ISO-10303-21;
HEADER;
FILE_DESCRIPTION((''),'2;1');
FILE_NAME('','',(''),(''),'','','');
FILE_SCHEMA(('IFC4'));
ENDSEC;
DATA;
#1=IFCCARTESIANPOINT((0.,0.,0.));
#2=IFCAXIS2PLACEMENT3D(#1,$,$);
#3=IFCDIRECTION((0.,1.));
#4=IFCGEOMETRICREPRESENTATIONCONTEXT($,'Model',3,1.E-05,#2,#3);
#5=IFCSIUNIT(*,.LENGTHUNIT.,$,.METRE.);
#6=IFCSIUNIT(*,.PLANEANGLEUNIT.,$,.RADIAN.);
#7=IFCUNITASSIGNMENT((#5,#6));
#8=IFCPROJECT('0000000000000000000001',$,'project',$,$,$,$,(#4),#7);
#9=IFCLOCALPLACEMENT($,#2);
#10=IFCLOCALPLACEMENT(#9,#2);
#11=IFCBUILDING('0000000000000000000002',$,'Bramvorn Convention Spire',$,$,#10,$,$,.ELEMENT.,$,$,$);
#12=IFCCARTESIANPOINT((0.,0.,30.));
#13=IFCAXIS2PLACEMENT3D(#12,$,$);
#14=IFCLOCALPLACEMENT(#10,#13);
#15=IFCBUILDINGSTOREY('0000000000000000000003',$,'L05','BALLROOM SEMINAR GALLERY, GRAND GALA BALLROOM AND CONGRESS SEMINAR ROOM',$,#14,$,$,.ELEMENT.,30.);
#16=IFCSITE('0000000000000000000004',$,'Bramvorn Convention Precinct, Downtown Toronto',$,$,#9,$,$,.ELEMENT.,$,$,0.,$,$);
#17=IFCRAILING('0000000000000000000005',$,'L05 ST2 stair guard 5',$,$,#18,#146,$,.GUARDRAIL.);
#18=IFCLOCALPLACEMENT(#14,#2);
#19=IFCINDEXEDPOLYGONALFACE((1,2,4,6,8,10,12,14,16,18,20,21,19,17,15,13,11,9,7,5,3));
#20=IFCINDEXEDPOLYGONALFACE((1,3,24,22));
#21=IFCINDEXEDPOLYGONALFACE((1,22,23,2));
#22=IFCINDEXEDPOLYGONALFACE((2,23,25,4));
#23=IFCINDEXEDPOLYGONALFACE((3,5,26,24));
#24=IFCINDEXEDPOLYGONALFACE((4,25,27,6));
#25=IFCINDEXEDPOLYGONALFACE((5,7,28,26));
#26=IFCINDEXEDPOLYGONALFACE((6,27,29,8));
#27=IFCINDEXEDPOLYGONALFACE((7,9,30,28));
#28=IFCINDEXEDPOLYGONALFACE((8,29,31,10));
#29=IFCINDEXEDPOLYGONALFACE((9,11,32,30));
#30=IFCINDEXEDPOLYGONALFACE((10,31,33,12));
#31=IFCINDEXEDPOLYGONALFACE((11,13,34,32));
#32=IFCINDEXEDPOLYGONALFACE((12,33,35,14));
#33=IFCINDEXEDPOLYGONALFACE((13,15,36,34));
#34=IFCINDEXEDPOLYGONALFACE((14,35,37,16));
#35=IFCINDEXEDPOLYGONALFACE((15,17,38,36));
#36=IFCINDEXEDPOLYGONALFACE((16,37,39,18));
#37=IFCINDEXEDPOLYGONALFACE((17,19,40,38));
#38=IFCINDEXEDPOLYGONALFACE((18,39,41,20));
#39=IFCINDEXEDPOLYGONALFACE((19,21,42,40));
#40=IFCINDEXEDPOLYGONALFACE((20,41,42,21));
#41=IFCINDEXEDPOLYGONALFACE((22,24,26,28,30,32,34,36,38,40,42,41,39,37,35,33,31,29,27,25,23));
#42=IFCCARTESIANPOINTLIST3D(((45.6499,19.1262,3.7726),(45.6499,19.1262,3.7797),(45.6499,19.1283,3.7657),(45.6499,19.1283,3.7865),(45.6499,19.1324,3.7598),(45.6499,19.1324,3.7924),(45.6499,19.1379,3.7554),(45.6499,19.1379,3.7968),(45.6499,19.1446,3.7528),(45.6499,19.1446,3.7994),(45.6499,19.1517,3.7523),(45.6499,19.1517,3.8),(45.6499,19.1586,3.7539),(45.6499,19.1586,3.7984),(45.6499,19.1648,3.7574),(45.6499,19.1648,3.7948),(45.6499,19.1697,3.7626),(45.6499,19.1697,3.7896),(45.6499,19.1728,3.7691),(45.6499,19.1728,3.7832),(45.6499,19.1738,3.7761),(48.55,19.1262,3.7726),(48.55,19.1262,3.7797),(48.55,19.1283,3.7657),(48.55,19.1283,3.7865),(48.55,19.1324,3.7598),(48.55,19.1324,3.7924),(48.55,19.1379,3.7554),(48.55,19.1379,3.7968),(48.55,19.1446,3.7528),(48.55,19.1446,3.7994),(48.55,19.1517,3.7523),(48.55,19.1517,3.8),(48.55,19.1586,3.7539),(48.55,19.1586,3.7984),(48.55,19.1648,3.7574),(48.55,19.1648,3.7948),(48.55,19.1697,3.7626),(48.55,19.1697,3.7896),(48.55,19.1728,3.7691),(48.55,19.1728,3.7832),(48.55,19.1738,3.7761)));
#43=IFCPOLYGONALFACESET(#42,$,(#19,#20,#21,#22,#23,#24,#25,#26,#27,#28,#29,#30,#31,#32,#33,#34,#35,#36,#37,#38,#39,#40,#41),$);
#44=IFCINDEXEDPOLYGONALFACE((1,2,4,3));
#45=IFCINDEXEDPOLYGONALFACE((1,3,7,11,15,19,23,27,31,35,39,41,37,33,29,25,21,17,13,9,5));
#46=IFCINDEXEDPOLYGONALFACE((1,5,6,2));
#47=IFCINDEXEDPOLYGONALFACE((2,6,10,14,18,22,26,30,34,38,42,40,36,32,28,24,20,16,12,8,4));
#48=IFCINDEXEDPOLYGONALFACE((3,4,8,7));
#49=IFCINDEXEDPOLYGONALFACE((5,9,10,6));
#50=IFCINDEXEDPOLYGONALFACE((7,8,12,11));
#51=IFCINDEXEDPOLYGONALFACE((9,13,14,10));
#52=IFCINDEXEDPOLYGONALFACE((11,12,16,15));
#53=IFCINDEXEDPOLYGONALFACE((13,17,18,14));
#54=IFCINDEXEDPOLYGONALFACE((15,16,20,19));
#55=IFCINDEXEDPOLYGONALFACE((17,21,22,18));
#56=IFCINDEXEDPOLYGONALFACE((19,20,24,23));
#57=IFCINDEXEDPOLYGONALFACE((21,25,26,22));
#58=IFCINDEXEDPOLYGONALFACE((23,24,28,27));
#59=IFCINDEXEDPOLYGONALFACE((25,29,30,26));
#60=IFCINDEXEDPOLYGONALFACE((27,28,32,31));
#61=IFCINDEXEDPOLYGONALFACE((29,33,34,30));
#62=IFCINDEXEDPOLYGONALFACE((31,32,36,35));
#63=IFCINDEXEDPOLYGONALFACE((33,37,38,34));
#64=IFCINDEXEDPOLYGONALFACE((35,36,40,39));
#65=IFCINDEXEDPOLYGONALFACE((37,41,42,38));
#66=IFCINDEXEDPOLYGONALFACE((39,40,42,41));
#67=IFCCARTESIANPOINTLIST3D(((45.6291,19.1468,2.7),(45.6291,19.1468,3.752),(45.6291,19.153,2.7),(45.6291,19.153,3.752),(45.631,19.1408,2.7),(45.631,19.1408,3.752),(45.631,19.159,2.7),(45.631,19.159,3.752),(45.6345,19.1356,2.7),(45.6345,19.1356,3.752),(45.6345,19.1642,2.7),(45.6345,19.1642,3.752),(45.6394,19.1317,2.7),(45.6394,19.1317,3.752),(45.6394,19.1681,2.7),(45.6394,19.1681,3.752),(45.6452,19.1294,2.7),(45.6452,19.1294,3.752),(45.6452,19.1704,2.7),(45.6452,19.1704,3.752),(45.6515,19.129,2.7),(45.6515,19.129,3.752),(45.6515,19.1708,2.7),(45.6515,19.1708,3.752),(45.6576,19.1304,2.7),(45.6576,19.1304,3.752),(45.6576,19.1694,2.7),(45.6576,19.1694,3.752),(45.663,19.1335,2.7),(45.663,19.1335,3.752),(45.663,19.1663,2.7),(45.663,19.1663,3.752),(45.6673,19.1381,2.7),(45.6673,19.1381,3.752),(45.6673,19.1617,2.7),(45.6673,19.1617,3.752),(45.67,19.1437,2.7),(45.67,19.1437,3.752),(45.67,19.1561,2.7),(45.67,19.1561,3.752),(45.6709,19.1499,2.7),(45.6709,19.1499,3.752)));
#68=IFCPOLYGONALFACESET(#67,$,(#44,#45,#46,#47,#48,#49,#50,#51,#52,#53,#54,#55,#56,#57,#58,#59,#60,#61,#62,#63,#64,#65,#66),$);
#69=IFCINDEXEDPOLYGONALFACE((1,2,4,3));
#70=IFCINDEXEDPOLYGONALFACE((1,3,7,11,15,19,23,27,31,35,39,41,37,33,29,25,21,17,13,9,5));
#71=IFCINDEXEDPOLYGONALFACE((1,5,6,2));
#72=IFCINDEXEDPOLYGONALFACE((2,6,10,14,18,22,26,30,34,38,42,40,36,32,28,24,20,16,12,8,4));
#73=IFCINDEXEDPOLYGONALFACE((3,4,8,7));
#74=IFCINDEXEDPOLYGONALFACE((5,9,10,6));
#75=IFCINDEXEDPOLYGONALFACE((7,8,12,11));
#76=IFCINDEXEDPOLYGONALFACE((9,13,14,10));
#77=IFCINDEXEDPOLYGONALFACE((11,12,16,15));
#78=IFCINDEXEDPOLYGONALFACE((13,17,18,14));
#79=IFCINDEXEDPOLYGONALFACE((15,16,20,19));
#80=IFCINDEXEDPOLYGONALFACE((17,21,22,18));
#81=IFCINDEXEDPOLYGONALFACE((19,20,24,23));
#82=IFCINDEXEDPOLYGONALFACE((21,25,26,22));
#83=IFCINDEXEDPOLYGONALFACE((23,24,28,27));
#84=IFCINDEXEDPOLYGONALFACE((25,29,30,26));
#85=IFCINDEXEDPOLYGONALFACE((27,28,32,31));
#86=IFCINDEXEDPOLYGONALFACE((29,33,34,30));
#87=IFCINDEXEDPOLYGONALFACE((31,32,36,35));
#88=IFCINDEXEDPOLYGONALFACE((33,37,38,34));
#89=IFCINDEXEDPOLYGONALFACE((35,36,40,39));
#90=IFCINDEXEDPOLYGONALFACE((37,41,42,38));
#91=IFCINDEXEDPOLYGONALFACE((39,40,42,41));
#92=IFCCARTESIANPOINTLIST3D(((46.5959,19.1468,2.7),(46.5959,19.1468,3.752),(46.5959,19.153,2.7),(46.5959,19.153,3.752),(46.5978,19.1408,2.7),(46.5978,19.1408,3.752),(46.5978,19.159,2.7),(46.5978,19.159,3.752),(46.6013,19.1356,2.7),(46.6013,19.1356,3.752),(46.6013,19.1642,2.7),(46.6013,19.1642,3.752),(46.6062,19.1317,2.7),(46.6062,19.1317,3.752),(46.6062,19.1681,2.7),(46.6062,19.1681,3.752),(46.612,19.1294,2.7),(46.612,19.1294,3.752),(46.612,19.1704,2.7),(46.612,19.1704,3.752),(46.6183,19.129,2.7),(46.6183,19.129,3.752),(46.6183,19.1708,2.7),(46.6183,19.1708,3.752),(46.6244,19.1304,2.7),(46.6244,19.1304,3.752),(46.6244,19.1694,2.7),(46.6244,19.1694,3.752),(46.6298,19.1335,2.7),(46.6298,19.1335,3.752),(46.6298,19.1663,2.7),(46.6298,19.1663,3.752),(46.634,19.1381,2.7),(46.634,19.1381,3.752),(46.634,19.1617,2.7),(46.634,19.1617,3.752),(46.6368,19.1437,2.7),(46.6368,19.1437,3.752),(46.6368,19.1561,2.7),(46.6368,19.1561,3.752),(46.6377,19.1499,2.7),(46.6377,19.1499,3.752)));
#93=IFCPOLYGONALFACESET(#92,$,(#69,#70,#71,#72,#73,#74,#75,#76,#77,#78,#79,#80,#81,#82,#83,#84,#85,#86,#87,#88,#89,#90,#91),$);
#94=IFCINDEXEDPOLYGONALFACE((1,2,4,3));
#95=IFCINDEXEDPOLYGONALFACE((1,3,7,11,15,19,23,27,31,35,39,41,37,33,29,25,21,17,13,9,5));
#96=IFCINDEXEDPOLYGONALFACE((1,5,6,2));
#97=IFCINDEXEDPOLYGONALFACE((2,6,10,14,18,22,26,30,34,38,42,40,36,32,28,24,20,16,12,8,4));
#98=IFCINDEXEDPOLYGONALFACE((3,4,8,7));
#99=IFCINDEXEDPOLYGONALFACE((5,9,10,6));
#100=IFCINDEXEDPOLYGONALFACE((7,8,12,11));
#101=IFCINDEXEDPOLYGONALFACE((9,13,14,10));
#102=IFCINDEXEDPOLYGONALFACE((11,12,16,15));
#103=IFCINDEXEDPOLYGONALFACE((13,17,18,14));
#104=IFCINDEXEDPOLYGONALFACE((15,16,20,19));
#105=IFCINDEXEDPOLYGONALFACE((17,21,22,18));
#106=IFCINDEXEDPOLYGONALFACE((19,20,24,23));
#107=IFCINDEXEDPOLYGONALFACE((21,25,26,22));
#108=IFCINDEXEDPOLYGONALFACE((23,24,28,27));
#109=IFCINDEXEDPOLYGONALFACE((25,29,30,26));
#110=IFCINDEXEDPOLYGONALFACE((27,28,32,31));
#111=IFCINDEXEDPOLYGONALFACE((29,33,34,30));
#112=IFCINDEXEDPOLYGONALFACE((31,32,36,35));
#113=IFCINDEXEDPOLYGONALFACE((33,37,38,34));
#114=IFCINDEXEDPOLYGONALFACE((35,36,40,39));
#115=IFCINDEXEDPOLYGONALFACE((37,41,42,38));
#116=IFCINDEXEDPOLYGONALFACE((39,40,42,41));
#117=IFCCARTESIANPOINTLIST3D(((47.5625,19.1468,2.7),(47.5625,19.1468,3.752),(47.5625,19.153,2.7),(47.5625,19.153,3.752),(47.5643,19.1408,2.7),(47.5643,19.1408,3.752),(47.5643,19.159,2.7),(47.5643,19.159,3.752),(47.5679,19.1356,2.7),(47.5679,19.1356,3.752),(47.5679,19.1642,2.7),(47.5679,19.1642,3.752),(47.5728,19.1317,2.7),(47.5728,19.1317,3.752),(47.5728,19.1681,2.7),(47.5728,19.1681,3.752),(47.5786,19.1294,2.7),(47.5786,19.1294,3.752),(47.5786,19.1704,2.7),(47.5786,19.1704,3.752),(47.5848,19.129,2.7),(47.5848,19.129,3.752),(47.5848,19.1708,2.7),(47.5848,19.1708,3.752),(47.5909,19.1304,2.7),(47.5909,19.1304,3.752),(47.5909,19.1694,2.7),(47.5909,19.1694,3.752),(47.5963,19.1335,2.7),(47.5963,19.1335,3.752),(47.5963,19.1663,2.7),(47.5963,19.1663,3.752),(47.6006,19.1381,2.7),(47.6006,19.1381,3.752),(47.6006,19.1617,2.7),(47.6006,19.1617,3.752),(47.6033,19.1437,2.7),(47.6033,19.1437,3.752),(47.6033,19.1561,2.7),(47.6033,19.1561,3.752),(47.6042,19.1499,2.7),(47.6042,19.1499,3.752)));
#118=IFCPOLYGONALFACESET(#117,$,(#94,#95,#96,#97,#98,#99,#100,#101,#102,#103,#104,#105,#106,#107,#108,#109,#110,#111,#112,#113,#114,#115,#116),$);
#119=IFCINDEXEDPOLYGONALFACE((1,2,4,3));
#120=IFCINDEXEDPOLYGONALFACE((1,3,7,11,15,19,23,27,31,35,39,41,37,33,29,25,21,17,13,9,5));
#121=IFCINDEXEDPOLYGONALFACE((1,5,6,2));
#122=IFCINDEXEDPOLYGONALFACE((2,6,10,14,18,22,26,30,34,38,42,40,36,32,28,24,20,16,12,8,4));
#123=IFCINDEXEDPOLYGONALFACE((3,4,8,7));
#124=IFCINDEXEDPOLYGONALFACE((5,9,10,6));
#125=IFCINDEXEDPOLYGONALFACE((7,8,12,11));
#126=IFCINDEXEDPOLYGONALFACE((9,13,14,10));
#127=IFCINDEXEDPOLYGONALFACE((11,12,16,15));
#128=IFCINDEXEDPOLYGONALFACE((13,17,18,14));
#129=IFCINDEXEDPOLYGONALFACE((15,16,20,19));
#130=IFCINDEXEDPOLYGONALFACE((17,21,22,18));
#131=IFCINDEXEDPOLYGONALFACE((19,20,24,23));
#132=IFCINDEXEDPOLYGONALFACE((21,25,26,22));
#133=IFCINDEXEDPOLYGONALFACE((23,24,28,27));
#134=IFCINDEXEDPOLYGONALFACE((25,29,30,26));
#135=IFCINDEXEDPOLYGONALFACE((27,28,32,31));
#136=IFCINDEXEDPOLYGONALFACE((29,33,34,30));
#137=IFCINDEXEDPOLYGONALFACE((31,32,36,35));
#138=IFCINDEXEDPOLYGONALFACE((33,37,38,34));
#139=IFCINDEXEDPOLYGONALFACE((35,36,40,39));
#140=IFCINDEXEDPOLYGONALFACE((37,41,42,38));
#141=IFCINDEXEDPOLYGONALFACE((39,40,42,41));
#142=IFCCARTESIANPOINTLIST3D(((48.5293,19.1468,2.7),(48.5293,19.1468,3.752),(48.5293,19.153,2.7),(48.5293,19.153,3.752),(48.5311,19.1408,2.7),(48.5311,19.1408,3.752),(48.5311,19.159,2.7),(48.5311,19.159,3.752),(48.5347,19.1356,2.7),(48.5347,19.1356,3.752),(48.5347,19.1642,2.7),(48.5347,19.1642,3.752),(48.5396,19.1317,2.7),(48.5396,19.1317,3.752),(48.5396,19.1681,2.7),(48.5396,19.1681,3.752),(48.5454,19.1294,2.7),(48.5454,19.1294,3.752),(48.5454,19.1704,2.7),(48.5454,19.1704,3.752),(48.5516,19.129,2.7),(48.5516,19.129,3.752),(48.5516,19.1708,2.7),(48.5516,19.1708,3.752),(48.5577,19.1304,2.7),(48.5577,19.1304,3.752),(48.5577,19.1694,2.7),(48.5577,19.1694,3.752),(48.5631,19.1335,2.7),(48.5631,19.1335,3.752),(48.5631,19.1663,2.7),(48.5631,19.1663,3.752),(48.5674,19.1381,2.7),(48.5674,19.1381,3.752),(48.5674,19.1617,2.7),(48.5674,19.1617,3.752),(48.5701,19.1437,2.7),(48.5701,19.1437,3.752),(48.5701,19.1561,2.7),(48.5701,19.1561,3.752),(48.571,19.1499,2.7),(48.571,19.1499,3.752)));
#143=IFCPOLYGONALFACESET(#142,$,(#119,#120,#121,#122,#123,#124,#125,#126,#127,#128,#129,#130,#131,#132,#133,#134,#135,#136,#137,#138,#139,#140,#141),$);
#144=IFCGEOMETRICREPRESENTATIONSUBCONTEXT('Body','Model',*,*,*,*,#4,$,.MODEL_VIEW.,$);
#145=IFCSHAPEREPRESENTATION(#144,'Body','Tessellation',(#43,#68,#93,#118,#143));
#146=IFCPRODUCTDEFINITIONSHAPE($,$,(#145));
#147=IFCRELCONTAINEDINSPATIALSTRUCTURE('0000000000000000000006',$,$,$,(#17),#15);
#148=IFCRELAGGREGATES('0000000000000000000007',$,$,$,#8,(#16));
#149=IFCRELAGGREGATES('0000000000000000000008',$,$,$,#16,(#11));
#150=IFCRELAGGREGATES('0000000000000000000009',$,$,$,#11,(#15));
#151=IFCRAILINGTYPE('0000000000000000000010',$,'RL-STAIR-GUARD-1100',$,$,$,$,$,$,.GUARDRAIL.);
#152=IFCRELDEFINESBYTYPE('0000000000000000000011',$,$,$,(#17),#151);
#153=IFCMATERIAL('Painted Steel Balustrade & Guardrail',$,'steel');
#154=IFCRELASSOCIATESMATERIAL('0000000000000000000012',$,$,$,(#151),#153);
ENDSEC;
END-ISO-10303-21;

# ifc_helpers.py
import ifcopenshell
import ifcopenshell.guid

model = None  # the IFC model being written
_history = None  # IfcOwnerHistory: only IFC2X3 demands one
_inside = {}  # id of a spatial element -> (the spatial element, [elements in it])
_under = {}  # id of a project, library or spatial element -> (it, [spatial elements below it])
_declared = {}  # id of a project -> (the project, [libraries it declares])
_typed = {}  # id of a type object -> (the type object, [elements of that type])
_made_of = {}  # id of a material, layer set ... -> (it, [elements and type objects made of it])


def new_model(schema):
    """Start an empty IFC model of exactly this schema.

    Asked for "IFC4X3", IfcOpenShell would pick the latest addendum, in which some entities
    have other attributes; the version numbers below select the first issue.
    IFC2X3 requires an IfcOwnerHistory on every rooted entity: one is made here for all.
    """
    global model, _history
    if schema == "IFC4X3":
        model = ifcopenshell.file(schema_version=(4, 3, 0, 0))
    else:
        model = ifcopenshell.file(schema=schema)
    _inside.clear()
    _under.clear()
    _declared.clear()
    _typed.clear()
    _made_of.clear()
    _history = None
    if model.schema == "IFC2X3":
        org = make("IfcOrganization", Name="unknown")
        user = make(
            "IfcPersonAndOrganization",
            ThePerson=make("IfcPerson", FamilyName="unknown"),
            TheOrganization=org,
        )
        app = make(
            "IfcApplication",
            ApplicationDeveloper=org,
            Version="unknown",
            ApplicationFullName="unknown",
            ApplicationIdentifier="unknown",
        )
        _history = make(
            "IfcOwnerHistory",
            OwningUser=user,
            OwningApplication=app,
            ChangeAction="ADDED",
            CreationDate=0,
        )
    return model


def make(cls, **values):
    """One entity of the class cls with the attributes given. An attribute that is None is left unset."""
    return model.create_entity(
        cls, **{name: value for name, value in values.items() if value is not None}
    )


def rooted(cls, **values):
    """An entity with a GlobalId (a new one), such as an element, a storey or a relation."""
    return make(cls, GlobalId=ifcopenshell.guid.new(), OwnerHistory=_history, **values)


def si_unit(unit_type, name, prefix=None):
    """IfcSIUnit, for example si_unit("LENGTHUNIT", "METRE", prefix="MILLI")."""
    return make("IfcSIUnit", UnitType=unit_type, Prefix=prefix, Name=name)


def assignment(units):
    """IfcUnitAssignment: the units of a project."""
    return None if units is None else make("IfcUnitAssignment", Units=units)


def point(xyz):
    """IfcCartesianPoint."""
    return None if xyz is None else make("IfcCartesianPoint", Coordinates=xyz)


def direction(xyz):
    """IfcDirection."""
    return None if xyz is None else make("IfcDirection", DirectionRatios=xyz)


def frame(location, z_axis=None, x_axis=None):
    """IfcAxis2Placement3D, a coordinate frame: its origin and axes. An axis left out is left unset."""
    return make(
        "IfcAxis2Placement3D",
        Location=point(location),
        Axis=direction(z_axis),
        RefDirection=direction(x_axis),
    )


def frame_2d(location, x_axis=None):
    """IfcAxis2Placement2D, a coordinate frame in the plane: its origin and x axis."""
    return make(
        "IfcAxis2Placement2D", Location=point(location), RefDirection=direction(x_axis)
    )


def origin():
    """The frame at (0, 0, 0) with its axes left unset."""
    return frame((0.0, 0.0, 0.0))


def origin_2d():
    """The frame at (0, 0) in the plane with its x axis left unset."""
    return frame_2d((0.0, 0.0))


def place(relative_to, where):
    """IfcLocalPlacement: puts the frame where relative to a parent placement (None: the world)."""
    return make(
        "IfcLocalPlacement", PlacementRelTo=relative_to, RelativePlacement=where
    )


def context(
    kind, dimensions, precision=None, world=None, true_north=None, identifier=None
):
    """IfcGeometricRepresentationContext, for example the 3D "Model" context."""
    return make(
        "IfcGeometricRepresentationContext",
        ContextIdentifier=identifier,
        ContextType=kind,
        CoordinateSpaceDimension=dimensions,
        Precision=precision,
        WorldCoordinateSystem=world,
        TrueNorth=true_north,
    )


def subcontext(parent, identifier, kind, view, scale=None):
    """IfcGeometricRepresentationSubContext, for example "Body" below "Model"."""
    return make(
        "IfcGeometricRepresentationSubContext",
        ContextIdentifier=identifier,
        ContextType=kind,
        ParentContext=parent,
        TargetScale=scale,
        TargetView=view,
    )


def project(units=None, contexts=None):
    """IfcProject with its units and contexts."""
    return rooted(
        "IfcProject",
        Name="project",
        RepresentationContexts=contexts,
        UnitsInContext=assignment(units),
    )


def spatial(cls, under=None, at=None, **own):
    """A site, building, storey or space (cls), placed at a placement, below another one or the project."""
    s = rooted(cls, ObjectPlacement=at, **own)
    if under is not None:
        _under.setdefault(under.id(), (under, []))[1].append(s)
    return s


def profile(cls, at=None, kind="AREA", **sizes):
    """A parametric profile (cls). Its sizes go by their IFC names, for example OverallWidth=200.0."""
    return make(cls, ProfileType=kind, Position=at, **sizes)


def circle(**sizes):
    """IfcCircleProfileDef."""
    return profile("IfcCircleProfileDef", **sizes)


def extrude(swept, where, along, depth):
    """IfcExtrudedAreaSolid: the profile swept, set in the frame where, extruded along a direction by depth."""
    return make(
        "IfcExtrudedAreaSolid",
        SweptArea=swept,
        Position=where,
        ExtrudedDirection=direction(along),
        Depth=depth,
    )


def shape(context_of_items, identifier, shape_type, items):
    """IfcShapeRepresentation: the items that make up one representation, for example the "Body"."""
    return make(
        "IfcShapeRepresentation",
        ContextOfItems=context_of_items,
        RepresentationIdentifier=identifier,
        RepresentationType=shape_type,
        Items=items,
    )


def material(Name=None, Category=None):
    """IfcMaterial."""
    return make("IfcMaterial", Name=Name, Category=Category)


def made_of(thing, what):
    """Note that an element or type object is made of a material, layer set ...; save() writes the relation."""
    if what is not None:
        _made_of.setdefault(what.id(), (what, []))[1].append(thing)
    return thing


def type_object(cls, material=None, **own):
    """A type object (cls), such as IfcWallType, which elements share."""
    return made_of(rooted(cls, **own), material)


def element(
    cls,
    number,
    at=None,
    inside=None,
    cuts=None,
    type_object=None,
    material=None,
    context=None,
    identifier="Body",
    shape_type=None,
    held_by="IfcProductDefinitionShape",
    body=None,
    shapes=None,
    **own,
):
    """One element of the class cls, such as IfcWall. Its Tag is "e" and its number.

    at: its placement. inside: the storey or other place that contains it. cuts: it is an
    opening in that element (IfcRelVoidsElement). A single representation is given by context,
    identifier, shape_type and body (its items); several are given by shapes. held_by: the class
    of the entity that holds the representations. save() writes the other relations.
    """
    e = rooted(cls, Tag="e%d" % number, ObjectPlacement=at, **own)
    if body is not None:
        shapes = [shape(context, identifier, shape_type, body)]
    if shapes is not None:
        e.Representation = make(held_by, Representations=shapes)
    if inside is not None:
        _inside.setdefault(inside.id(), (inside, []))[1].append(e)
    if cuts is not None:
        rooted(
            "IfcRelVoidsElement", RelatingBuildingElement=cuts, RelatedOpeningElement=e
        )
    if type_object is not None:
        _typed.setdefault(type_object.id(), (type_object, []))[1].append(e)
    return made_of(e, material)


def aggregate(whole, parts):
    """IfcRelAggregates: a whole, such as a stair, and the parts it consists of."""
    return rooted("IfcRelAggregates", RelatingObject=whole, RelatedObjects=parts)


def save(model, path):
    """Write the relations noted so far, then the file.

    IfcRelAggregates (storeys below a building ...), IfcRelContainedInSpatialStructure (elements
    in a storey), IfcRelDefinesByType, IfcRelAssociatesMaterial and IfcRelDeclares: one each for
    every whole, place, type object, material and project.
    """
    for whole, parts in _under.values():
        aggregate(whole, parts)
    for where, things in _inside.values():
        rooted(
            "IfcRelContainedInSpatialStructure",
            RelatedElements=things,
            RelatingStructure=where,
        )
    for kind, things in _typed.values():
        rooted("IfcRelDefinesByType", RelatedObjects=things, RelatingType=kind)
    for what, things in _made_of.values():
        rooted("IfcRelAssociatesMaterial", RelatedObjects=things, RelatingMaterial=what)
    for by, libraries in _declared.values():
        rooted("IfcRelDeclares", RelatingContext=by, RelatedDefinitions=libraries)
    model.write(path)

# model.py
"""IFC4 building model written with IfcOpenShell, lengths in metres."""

from ifc_helpers import new_model, si_unit, direction, frame, origin, origin_2d, place, context, subcontext, project, spatial, circle, extrude, material, type_object, element, save


model = new_model("IFC4")

# Units and contexts
model_context = context("Model", 3, precision=1e-05, world=origin(), true_north=direction((0.0, 1.0)))
body_context = subcontext(model_context, "Body", "Model", "MODEL_VIEW")
ifc_project = project(units=[si_unit("LENGTHUNIT", "METRE"), si_unit("PLANEANGLEUNIT", "RADIAN")], contexts=[model_context])

# Site, building, storey
site_placement = place(None, origin())
site = spatial("IfcSite", under=ifc_project, at=site_placement, Name="Bramvorn Convention Precinct, Downtown Toronto", CompositionType="ELEMENT", RefElevation=0.0)
building_placement = place(site_placement, origin())
building = spatial("IfcBuilding", under=site, at=building_placement, Name="Bramvorn Convention Spire", CompositionType="ELEMENT")
storey_placement = place(building_placement, frame((0.0, 0.0, 30.0)))
storey = spatial("IfcBuildingStorey", under=building, at=storey_placement, Name="L05", Description="BALLROOM SEMINAR GALLERY, GRAND GALA BALLROOM AND CONGRESS SEMINAR ROOM", CompositionType="ELEMENT", Elevation=30.0)

# Railing
ifc_material_1 = material(Name="Painted Steel Balustrade & Guardrail", Category="steel")
railing_type_1 = type_object("IfcRailingType", Name="RL-STAIR-GUARD-1100", PredefinedType="GUARDRAIL", material=ifc_material_1)
railing_1_placement = place(storey_placement, frame((45.6499, 19.1499, 2.7)))
element("IfcRailing", 1, at=railing_1_placement, inside=storey, type_object=railing_type_1, Name="L05 ST2 stair guard 5", PredefinedType="GUARDRAIL", context=body_context, shape_type="SweptSolid", body=[
    extrude(circle(Radius=0.0239, at=origin_2d()), frame((0.0, 0.0, 1.0762), z_axis=(1.0, 0.0, 0.0), x_axis=(0.0, 1.0, 0.0)), (0.0, 0.0, 1.0), 2.9001),
    extrude(circle(Radius=0.021, at=origin_2d()), origin(), (0.0, 0.0, 1.0), 1.052),
    extrude(circle(Radius=0.021, at=origin_2d()), frame((0.9668, 0.0, 0.0)), (0.0, 0.0, 1.0), 1.052),
    extrude(circle(Radius=0.021, at=origin_2d()), frame((1.9333, 0.0, 0.0)), (0.0, 0.0, 1.0), 1.052),
    extrude(circle(Radius=0.021, at=origin_2d()), frame((2.9001, 0.0, 0.0)), (0.0, 0.0, 1.0), 1.052),
])

save(model, "model.ifc")
